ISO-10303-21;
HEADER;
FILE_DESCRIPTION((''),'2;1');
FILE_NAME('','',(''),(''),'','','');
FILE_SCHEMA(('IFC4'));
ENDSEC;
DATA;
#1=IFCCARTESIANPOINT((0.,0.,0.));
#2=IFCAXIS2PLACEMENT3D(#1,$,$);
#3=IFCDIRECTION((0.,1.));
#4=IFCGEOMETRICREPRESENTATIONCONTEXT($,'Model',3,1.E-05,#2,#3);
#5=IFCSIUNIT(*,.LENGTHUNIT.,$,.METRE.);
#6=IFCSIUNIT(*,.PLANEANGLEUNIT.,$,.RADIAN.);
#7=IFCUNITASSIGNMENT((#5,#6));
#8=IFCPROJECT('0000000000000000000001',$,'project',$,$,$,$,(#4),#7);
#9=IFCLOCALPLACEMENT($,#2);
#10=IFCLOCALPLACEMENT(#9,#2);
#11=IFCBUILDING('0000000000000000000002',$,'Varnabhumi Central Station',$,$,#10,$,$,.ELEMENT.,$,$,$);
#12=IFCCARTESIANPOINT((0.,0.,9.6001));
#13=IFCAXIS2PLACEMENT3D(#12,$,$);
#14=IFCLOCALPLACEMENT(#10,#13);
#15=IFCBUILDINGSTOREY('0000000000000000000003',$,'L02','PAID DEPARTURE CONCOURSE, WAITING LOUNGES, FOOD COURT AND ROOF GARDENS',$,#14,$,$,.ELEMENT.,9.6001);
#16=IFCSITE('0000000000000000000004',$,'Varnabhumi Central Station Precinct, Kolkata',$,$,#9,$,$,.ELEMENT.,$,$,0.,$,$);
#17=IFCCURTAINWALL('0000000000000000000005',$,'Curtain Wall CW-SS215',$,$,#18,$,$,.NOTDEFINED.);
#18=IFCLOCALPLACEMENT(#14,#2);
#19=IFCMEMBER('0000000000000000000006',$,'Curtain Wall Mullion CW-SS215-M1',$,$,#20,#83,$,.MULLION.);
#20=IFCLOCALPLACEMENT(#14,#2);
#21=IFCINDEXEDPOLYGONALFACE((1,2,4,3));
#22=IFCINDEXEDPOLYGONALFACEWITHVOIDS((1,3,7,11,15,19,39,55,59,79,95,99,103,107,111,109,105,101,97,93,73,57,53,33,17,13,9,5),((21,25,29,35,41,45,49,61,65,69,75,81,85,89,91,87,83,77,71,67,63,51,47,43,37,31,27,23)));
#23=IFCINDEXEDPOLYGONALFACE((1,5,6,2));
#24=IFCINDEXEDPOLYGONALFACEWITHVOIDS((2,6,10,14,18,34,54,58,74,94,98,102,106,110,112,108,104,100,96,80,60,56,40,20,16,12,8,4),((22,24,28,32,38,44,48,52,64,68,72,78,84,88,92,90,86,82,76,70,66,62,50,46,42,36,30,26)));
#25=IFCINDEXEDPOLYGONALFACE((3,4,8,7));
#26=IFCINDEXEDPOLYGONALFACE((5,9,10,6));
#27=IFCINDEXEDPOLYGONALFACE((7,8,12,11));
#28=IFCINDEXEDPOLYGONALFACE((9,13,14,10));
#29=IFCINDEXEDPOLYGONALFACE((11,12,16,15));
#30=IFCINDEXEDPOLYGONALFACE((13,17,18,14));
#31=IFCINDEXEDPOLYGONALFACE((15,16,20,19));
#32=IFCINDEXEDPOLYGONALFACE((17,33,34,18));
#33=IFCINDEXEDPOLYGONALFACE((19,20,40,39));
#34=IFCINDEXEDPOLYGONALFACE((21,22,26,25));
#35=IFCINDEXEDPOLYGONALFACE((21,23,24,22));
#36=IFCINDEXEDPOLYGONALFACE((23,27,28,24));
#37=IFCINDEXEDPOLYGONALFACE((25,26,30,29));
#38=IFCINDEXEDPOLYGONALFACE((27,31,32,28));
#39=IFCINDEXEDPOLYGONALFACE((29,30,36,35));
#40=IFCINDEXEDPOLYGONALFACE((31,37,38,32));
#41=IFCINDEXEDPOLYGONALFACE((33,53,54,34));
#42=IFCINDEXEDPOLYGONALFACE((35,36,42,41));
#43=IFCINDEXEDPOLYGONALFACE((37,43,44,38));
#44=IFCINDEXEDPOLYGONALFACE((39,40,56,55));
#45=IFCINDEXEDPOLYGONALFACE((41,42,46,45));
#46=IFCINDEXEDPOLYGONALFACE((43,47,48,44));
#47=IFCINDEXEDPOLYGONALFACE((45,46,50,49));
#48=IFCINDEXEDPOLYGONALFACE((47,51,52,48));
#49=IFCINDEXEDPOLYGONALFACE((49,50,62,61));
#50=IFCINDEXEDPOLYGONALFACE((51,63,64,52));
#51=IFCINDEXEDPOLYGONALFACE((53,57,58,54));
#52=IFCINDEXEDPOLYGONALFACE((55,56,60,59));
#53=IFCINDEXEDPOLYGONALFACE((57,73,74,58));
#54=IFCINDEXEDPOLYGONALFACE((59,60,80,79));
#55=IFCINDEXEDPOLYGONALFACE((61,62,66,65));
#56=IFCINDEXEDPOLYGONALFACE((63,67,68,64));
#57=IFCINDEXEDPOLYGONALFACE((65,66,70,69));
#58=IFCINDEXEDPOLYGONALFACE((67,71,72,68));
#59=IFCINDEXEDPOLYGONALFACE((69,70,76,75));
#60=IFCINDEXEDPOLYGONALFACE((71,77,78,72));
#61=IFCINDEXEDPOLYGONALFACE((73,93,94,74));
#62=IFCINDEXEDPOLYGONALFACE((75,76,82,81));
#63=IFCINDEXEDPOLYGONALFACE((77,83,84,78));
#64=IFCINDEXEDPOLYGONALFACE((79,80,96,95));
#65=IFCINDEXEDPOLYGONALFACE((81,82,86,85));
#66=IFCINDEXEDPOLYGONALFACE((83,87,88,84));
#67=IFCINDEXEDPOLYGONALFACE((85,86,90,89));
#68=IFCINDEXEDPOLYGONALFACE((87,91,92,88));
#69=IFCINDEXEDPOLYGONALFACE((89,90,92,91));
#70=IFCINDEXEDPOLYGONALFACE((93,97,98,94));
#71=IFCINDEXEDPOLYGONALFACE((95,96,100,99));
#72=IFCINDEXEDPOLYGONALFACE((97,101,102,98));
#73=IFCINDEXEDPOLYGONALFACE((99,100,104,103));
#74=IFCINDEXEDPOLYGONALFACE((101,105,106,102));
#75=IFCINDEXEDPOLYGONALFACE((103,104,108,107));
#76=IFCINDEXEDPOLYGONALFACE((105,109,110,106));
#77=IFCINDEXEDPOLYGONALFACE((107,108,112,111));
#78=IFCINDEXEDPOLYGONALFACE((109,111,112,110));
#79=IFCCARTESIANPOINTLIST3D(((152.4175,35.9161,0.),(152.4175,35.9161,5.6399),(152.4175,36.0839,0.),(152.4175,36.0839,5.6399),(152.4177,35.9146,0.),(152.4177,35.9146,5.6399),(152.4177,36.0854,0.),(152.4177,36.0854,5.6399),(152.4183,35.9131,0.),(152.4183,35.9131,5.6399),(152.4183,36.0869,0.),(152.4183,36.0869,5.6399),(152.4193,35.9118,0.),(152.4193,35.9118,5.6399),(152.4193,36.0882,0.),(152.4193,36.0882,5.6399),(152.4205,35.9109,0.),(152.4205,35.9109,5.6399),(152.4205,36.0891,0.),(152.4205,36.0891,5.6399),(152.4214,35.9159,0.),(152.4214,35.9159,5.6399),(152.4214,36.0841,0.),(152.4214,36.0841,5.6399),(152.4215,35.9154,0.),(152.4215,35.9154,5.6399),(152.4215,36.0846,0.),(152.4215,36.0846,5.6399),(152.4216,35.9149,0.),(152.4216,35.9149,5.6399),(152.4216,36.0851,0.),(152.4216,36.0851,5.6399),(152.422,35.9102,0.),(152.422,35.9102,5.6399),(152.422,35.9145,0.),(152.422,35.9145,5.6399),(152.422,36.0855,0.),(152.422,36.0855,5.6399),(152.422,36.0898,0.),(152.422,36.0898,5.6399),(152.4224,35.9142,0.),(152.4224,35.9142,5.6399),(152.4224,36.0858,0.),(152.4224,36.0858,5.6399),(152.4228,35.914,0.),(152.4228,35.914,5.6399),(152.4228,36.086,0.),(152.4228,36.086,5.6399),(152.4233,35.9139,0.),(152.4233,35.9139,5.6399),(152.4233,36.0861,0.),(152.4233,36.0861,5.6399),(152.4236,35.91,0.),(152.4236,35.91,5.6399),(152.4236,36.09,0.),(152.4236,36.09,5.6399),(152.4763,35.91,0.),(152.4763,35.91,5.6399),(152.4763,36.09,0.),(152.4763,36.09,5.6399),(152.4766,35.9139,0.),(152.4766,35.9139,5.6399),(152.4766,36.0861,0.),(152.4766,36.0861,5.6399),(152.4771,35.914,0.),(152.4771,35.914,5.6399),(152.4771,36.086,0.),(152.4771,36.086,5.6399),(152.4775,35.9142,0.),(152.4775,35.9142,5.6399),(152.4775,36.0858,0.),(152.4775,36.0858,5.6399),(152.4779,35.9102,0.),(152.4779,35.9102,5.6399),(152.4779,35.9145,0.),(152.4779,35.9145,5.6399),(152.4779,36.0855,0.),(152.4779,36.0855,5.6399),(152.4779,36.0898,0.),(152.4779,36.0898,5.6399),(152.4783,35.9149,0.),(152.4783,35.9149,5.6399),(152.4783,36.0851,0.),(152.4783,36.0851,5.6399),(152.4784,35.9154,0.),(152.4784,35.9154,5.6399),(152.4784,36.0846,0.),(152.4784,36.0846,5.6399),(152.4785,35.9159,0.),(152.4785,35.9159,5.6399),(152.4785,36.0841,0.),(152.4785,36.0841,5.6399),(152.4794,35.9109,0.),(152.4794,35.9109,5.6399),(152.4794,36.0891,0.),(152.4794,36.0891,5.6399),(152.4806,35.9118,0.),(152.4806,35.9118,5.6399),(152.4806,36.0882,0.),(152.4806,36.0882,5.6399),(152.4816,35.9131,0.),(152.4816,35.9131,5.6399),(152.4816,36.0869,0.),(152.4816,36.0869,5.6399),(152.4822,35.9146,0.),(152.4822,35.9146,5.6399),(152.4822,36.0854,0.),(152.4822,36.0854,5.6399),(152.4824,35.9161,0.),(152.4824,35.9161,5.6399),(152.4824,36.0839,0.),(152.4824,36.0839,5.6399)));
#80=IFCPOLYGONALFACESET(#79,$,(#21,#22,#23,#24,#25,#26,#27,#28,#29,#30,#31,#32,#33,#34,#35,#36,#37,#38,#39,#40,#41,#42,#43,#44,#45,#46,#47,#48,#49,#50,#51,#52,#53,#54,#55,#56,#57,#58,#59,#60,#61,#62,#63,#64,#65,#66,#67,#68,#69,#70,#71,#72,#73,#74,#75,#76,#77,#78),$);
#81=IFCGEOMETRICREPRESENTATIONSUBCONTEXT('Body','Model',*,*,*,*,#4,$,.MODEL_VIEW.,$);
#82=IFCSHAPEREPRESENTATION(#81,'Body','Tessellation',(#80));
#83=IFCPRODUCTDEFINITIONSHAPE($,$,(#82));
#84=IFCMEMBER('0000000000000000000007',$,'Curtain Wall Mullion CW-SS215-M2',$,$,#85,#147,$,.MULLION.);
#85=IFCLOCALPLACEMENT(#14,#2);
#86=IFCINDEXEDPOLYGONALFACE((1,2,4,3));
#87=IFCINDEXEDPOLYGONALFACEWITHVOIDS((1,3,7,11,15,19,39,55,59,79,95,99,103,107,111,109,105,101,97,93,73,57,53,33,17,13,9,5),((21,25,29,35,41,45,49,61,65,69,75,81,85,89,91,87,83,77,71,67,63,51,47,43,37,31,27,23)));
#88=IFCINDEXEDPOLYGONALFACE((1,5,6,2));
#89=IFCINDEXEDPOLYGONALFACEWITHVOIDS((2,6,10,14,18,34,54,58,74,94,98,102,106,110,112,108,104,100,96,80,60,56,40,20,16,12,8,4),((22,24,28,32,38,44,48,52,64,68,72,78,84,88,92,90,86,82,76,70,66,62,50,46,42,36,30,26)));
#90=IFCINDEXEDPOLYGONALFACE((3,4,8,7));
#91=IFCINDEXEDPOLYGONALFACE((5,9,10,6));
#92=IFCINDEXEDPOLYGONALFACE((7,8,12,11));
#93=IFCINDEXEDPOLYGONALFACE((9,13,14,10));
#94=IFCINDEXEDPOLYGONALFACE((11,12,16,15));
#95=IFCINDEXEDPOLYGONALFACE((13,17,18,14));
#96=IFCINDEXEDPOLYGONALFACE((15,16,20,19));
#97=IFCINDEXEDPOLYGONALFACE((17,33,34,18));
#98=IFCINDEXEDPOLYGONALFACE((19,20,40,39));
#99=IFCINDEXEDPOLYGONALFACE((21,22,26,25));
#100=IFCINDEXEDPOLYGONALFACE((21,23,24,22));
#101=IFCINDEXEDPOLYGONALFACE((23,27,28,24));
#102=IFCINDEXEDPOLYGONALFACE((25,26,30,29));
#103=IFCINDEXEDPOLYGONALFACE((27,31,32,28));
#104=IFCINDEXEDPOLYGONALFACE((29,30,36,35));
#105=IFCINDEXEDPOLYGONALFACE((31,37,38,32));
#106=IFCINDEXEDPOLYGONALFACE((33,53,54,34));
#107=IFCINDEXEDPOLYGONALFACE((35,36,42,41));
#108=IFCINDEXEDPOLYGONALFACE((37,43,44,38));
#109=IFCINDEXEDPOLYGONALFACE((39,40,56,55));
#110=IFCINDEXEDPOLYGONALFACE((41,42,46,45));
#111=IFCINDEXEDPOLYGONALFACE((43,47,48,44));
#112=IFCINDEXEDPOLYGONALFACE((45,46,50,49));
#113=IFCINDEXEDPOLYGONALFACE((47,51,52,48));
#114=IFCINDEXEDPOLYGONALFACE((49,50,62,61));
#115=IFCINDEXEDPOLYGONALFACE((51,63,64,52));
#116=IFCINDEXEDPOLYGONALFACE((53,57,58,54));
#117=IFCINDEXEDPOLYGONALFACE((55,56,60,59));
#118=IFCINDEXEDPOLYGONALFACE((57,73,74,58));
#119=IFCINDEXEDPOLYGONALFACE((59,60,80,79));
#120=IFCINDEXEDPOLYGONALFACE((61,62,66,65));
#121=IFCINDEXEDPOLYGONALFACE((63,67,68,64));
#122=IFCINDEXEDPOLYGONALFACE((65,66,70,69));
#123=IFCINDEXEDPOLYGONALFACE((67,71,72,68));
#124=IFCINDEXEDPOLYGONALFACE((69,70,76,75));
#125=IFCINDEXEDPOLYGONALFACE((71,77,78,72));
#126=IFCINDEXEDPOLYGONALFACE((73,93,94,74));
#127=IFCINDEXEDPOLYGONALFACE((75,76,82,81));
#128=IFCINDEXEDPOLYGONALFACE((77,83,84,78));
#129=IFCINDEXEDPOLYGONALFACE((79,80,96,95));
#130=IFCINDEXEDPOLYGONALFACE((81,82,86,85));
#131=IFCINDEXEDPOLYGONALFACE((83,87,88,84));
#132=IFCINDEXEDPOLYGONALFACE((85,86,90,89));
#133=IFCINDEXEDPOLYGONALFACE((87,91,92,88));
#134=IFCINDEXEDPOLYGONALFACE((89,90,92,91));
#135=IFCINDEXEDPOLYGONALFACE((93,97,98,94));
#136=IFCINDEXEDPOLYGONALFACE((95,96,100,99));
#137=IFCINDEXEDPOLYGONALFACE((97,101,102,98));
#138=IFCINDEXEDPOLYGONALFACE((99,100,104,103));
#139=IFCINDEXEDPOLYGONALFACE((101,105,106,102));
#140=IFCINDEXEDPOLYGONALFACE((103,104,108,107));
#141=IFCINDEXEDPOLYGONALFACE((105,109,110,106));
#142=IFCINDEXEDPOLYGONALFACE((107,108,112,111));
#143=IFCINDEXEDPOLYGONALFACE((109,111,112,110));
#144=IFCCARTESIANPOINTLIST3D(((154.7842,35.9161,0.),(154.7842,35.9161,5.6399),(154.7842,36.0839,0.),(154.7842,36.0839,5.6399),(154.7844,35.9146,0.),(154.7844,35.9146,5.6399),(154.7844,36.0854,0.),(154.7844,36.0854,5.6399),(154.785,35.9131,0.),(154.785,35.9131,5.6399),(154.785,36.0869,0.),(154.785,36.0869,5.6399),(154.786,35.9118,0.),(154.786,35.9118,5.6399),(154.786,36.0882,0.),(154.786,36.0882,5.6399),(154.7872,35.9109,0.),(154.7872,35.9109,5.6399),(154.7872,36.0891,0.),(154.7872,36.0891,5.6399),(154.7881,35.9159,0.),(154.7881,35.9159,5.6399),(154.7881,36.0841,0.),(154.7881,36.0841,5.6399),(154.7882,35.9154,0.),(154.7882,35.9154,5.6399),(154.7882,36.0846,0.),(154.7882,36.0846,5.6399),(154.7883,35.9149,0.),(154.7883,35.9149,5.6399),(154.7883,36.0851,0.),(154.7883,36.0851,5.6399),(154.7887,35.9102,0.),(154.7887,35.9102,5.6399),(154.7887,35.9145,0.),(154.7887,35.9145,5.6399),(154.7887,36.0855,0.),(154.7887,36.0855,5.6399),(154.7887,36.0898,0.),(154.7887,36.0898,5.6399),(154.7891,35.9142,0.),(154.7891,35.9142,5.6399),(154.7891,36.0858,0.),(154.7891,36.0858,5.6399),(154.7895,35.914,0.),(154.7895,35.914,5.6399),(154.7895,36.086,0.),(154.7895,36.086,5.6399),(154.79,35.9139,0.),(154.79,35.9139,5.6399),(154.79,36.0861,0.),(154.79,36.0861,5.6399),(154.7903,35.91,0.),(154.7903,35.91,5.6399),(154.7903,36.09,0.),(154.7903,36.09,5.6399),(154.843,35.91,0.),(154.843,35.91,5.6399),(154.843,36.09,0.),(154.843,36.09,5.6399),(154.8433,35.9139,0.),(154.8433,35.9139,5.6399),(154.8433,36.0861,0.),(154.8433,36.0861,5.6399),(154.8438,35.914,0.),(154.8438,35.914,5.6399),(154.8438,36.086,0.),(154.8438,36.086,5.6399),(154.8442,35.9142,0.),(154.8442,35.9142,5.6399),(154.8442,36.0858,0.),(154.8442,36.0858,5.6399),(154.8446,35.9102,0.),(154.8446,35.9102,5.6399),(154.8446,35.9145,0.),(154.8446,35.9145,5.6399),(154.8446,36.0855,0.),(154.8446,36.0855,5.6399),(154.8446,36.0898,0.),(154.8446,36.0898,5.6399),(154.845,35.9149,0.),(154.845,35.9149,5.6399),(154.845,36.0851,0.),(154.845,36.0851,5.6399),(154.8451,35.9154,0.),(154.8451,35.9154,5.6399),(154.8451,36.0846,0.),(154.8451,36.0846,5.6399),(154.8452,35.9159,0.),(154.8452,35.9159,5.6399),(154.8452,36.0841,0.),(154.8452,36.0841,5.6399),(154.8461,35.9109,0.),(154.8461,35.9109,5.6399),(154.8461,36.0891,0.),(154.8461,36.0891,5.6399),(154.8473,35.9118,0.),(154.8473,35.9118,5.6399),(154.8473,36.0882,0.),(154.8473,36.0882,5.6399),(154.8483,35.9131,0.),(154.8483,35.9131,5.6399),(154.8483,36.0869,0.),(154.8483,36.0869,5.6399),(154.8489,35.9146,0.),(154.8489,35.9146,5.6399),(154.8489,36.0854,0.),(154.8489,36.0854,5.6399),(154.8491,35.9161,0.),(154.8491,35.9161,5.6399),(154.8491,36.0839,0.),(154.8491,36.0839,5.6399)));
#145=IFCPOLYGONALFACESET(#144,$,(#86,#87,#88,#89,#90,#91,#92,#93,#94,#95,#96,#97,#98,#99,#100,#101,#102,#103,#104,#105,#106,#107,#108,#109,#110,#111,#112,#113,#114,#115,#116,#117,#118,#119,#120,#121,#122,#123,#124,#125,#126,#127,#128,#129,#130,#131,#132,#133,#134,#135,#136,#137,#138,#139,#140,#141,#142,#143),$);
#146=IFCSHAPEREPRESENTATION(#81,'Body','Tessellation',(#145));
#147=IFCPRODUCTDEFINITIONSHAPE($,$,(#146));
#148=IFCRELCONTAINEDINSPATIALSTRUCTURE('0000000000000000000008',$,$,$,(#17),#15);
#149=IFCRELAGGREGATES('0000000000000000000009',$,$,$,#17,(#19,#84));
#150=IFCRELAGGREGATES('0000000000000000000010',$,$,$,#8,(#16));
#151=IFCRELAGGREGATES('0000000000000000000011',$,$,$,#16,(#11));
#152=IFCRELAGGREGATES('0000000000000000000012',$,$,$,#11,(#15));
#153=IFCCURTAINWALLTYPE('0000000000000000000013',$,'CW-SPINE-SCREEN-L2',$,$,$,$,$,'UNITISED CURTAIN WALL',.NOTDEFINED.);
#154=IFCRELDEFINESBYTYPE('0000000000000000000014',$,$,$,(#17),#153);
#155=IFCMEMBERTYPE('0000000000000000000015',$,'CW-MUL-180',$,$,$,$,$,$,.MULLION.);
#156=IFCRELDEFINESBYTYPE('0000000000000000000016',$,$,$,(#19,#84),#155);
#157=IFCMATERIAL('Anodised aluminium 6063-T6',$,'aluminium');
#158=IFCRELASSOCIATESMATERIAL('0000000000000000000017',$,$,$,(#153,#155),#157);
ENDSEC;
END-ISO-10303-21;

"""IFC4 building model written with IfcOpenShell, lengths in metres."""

from ifc_helpers import new_model, si_unit, direction, frame, origin, origin_2d, place, context, subcontext, project, spatial, hollow_rectangle, extrude, material, material_profile, profile_set, type_object, element, aggregate, save


model = new_model("IFC4")

# Units and contexts
model_context = context("Model", 3, precision=1e-05, world=origin(), true_north=direction((0.0, 1.0)))
body_context = subcontext(model_context, "Body", "Model", "MODEL_VIEW")
ifc_project = project(units=[si_unit("LENGTHUNIT", "METRE"), si_unit("PLANEANGLEUNIT", "RADIAN")], contexts=[model_context])

# Site, building, storey
site_placement = place(None, origin())
site = spatial("IfcSite", under=ifc_project, at=site_placement, Name="Varnabhumi Central Station Precinct, Kolkata", CompositionType="ELEMENT", RefElevation=0.0)
building_placement = place(site_placement, origin())
building = spatial("IfcBuilding", under=site, at=building_placement, Name="Varnabhumi Central Station", CompositionType="ELEMENT")
storey_placement = place(building_placement, frame((0.0, 0.0, 9.6001)))
storey = spatial("IfcBuildingStorey", under=building, at=storey_placement, Name="L02", Description="PAID DEPARTURE CONCOURSE, WAITING LOUNGES, FOOD COURT AND ROOF GARDENS", CompositionType="ELEMENT", Elevation=9.6001)

# Curtain wall, members
ifc_material_1 = material(Name="Anodised aluminium 6063-T6", Category="aluminium")
curtain_wall_type = type_object("IfcCurtainWallType", Name="CW-SPINE-SCREEN-L2", ElementType="UNITISED CURTAIN WALL", PredefinedType="NOTDEFINED", material=ifc_material_1)
curtain_wall_placement = place(storey_placement, origin())
curtain_wall = element("IfcCurtainWall", 1, at=curtain_wall_placement, inside=storey, type_object=curtain_wall_type, Name="Curtain Wall CW-SS215", PredefinedType="NOTDEFINED")
ifc_material_profile_1 = material_profile(ifc_material_1, hollow_rectangle(XDim=0.0649, YDim=0.1799, WallThickness=0.0039, InnerFilletRadius=0.002, OuterFilletRadius=0.0061, at=origin_2d()), Name="Anodised aluminium 6063-T6", Category="aluminium")
ifc_profile_set_1 = profile_set([ifc_material_profile_1], Name="Anodised aluminium 6063-T6")
member_type_1 = type_object("IfcMemberType", Name="CW-MUL-180", PredefinedType="MULLION", material=ifc_profile_set_1)
member_1_placement = place(storey_placement, frame((152.45, 36.0, 0.0), z_axis=(0.0, 0.0, 1.0), x_axis=(1.0, 0.0, 0.0)))
member_1 = element("IfcMember", 2, at=member_1_placement, type_object=member_type_1, Name="Curtain Wall Mullion CW-SS215-M1", PredefinedType="MULLION", context=body_context, shape_type="SweptSolid", body=[
    extrude(hollow_rectangle(XDim=0.0649, YDim=0.1799, WallThickness=0.0039, InnerFilletRadius=0.002, OuterFilletRadius=0.0061, at=origin_2d()), origin(), (0.0, 0.0, 1.0), 5.6399),
])
member_2_placement = place(storey_placement, frame((154.8167, 36.0, 0.0), z_axis=(0.0, 0.0, 1.0), x_axis=(1.0, 0.0, 0.0)))
member_2 = element("IfcMember", 3, at=member_2_placement, type_object=member_type_1, Name="Curtain Wall Mullion CW-SS215-M2", PredefinedType="MULLION", context=body_context, shape_type="SweptSolid", body=[
    extrude(hollow_rectangle(XDim=0.0649, YDim=0.1799, WallThickness=0.0039, InnerFilletRadius=0.002, OuterFilletRadius=0.0061, at=origin_2d()), origin(), (0.0, 0.0, 1.0), 5.6399),
])
aggregate(curtain_wall, [member_1, member_2])

save(model, "model.ifc")
